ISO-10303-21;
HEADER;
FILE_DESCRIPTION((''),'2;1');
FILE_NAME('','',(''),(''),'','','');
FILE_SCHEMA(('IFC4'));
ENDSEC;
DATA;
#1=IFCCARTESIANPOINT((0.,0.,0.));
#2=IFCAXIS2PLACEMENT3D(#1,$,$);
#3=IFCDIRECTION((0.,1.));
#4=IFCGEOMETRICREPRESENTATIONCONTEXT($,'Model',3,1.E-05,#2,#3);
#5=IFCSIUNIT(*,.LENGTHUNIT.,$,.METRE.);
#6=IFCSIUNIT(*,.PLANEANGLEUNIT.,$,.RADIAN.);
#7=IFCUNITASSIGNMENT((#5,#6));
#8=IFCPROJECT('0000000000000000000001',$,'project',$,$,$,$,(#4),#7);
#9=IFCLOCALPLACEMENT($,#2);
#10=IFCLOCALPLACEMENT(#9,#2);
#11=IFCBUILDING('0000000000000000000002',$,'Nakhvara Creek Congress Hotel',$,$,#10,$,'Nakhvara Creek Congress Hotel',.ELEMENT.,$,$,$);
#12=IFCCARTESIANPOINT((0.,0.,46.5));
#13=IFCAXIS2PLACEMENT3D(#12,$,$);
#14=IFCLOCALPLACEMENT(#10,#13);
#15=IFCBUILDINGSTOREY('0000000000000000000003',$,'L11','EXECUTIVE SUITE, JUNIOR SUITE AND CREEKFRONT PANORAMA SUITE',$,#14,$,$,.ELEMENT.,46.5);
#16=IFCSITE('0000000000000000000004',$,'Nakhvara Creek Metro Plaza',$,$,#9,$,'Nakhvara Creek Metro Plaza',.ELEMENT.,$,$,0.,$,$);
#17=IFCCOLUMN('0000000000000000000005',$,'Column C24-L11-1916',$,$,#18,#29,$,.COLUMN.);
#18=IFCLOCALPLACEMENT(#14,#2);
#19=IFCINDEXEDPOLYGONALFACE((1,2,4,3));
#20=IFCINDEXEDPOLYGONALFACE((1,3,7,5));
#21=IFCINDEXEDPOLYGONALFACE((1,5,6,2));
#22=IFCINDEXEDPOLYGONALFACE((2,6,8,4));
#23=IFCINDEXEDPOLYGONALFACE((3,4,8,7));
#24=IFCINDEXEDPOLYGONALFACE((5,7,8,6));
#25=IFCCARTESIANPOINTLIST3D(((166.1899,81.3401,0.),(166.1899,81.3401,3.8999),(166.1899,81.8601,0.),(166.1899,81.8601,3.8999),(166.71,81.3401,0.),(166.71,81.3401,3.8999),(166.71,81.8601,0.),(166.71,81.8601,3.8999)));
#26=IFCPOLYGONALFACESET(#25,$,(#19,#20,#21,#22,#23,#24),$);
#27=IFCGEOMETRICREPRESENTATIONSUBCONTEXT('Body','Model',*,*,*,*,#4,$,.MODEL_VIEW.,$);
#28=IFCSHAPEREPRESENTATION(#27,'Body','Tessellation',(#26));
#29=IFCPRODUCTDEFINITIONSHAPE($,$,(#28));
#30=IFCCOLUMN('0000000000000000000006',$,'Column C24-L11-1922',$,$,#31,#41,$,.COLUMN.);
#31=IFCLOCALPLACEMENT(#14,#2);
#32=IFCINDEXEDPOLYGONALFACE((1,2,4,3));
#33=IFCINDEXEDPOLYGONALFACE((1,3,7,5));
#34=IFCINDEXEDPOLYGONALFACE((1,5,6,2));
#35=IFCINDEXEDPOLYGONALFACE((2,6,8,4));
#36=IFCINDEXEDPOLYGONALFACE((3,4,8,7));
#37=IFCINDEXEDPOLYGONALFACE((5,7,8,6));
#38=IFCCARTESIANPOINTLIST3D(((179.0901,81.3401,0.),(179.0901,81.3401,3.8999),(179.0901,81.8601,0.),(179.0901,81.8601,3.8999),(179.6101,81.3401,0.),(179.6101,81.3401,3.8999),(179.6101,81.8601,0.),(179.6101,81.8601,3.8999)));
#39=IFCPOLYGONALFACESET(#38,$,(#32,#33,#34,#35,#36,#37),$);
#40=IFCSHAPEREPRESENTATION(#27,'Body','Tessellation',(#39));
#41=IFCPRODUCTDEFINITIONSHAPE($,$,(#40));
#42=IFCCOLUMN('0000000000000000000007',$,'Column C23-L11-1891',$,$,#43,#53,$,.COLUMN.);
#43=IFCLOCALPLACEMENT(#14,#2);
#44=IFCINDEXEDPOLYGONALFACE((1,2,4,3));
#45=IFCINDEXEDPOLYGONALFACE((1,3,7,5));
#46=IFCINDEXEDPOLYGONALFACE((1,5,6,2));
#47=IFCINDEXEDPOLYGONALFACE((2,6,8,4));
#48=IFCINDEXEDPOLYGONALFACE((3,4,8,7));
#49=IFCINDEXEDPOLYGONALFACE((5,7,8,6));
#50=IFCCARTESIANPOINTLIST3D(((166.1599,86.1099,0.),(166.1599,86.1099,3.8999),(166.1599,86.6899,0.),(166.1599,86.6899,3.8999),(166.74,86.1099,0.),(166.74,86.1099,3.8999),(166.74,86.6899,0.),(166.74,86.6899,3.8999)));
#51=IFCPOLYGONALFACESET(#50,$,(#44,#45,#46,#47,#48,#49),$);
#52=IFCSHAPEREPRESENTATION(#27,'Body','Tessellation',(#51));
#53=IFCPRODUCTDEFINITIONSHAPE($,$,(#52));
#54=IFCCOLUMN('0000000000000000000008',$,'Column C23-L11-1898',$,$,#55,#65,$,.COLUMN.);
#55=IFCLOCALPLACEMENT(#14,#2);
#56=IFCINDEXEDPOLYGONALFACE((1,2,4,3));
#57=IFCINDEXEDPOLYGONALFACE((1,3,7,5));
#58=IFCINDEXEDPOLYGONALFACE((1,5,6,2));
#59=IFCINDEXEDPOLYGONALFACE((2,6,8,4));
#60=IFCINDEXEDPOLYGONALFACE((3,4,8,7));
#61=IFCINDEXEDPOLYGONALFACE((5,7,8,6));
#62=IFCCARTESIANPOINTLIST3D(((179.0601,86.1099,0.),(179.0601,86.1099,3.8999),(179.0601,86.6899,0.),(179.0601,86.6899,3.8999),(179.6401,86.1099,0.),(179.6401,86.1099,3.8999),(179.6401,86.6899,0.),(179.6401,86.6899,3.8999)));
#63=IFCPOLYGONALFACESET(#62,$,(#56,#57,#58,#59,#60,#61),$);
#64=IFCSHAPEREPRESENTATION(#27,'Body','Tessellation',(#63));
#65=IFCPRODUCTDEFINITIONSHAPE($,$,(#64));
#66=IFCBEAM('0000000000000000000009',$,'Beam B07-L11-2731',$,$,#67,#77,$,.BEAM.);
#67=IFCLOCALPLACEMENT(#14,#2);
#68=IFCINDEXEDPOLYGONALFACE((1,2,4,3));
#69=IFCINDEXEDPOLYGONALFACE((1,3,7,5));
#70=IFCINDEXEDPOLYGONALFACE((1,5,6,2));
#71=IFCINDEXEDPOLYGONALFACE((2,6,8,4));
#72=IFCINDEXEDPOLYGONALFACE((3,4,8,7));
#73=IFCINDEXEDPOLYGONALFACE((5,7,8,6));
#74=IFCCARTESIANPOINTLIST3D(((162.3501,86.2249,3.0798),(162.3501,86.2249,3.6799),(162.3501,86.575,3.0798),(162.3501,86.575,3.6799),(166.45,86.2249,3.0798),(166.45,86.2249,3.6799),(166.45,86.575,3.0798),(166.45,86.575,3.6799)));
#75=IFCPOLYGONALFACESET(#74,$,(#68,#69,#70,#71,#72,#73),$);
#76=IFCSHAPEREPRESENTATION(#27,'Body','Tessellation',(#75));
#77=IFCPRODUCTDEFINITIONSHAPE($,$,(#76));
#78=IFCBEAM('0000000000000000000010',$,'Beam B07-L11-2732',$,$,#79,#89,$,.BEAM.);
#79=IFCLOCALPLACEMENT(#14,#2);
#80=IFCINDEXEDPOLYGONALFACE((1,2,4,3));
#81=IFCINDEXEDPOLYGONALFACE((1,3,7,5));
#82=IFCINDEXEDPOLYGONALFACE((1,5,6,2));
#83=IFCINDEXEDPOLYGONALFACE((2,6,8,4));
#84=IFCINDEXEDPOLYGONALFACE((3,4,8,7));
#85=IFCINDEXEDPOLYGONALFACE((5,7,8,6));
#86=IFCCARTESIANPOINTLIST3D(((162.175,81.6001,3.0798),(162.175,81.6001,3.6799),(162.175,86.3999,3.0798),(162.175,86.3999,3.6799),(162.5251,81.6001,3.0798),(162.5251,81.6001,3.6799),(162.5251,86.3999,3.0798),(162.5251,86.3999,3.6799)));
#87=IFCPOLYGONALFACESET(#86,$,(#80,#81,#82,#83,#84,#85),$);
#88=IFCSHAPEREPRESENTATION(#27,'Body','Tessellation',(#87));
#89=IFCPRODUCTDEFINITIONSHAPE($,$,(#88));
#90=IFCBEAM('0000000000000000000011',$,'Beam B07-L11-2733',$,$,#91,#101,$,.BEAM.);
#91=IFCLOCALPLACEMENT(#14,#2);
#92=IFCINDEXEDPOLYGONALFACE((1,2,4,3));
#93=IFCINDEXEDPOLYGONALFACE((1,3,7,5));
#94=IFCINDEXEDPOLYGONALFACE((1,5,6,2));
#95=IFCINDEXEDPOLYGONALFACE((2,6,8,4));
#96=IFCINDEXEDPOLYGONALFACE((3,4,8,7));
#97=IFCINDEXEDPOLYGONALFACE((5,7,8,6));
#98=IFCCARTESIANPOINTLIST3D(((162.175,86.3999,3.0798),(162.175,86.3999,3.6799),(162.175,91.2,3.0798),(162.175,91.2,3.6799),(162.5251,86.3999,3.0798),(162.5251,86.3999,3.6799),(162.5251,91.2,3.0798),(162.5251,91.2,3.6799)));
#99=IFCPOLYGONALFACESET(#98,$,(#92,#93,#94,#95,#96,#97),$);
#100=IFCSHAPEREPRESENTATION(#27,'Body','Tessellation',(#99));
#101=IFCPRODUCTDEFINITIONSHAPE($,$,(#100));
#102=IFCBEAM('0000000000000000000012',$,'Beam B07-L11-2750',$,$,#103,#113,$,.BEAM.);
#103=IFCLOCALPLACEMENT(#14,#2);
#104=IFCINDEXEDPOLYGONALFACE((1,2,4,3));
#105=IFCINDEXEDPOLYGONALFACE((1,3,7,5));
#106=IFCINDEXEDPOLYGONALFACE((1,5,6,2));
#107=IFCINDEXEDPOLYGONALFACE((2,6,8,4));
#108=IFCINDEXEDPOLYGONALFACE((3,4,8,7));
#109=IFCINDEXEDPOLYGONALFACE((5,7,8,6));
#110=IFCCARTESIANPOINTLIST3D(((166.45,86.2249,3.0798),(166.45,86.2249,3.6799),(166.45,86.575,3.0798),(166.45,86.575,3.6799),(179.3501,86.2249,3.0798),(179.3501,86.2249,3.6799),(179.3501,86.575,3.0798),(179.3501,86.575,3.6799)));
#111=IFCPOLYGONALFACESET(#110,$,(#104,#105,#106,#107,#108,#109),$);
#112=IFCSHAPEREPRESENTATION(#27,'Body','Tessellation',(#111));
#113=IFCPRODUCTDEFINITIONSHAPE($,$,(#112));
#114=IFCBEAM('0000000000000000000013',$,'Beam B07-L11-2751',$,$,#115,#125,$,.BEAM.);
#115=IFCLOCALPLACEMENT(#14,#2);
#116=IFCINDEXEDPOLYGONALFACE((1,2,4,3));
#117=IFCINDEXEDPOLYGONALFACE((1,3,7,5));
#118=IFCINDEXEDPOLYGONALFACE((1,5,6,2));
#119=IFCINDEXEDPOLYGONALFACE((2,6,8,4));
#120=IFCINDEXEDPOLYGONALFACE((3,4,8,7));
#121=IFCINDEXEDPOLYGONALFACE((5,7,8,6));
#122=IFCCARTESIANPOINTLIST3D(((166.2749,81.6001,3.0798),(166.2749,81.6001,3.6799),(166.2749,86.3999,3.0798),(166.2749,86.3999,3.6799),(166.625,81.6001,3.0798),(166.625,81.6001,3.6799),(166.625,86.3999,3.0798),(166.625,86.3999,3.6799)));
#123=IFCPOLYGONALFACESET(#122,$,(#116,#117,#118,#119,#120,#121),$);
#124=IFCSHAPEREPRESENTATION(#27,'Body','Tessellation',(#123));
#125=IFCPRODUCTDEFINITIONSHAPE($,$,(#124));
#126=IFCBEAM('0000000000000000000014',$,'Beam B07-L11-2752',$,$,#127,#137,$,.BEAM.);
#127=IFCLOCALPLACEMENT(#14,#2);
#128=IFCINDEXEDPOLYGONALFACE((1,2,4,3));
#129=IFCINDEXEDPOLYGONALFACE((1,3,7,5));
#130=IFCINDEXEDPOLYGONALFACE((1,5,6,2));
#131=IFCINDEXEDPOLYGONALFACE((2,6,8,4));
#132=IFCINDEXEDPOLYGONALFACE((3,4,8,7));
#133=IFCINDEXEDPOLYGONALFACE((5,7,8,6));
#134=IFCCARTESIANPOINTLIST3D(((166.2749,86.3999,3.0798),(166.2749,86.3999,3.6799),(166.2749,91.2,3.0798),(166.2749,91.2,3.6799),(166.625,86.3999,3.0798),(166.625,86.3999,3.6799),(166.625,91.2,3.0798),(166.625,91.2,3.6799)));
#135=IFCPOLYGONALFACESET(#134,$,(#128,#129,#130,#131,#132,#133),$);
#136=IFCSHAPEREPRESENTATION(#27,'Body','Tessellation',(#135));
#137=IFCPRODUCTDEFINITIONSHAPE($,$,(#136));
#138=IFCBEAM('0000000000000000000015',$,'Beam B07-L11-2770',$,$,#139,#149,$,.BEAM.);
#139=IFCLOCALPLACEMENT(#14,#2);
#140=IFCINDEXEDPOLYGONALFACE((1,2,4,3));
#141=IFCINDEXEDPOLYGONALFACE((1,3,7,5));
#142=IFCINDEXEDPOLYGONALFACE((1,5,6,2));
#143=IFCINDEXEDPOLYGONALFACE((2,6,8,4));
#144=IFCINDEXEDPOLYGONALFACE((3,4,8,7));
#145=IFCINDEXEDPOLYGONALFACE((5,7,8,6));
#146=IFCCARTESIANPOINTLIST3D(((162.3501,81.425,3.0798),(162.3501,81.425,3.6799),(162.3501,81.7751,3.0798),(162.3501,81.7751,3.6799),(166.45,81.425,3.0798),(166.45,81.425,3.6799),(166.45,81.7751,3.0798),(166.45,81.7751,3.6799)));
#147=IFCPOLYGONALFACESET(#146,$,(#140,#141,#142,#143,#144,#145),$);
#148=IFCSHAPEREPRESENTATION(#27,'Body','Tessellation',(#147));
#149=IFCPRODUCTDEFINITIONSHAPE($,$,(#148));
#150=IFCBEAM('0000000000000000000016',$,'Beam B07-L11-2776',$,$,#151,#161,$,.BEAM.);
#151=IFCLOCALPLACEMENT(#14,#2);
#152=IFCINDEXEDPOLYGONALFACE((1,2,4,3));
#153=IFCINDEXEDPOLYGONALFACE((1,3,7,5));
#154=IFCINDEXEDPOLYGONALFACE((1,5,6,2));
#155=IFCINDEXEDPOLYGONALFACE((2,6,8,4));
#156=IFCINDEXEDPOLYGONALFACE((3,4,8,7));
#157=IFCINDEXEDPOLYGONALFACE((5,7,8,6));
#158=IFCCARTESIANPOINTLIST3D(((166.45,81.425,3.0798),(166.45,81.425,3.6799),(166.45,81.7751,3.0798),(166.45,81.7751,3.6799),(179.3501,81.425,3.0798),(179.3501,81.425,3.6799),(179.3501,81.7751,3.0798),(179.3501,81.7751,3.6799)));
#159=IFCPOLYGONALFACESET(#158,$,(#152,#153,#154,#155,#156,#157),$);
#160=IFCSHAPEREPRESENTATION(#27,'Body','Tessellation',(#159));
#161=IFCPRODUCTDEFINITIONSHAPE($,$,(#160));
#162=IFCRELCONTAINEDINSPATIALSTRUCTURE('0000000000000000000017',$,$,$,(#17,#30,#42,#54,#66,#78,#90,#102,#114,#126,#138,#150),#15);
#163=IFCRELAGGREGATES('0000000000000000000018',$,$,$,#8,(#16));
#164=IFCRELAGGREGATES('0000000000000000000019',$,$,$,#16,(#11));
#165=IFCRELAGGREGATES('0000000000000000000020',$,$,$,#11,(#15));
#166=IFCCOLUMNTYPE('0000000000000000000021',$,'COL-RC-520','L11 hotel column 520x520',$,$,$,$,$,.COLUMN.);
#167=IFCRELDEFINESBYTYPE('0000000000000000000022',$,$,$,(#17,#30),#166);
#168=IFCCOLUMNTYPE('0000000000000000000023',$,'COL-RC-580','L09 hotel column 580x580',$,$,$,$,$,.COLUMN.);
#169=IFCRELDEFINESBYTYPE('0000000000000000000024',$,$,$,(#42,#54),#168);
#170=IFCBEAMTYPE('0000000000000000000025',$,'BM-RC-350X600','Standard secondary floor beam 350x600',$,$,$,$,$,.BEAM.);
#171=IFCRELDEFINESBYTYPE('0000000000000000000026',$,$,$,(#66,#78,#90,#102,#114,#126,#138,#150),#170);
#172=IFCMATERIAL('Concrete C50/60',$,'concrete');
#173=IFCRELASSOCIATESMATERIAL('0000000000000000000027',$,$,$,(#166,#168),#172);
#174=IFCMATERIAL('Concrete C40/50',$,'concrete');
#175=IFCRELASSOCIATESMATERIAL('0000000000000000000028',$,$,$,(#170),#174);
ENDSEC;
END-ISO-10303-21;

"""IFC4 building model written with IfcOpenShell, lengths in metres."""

from ifc_helpers import new_model, si_unit, direction, frame, origin, origin_2d, place, context, subcontext, project, spatial, rectangle, extrude, material, material_profile, profile_set, type_object, element, save


model = new_model("IFC4")

# Units and contexts
model_context = context("Model", 3, precision=1e-05, world=origin(), true_north=direction((0.0, 1.0)))
body_context = subcontext(model_context, "Body", "Model", "MODEL_VIEW")
ifc_project = project(units=[si_unit("LENGTHUNIT", "METRE"), si_unit("PLANEANGLEUNIT", "RADIAN")], contexts=[model_context])

# Site, building, storey
site_placement = place(None, origin())
site = spatial("IfcSite", under=ifc_project, at=site_placement, Name="Nakhvara Creek Metro Plaza", LongName="Nakhvara Creek Metro Plaza", CompositionType="ELEMENT", RefElevation=0.0)
building_placement = place(site_placement, origin())
building = spatial("IfcBuilding", under=site, at=building_placement, Name="Nakhvara Creek Congress Hotel", LongName="Nakhvara Creek Congress Hotel", CompositionType="ELEMENT")
storey_placement = place(building_placement, frame((0.0, 0.0, 46.5)))
storey = spatial("IfcBuildingStorey", under=building, at=storey_placement, Name="L11", Description="EXECUTIVE SUITE, JUNIOR SUITE AND CREEKFRONT PANORAMA SUITE", CompositionType="ELEMENT", Elevation=46.5)

# Columns
ifc_material_1 = material(Name="Concrete C50/60", Category="concrete")
ifc_material_profile_1 = material_profile(ifc_material_1, rectangle(XDim=0.52, YDim=0.52, at=origin_2d()), Name="RC-COL 520x520", Category="LoadBearing")
ifc_profile_set_1 = profile_set([ifc_material_profile_1], Name="Concrete C50/60")
column_type_1 = type_object("IfcColumnType", Name="COL-RC-520", Description="L11 hotel column 520x520", PredefinedType="COLUMN", material=ifc_profile_set_1)
for number, where, z_axis, x_axis, name in (
    (1, (166.45, 81.6001, 0.0), (0.0, 0.0, 1.0), (1.0, 0.0, 0.0), "Column C24-L11-1916"),
    (2, (179.3501, 81.6001, 0.0), (0.0, 0.0, 1.0), (1.0, 0.0, 0.0), "Column C24-L11-1922"),
):
    element("IfcColumn", number, at=place(storey_placement, frame(where, z_axis=z_axis, x_axis=x_axis)), inside=storey, type_object=column_type_1, Name=name, PredefinedType="COLUMN", context=body_context, shape_type="SweptSolid", body=[
        extrude(rectangle(XDim=0.52, YDim=0.52, at=origin_2d()), origin(), (0.0, 0.0, 1.0), 3.8999),
    ])
ifc_material_profile_2 = material_profile(ifc_material_1, rectangle(XDim=0.5801, YDim=0.5801, at=origin_2d()), Name="RC-COL 580x580", Category="LoadBearing")
ifc_profile_set_2 = profile_set([ifc_material_profile_2], Name="Concrete C50/60")
column_type_2 = type_object("IfcColumnType", Name="COL-RC-580", Description="L09 hotel column 580x580", PredefinedType="COLUMN", material=ifc_profile_set_2)
for number, where, z_axis, x_axis, name in (
    (3, (166.45, 86.3999, 0.0), (0.0, 0.0, 1.0), (1.0, 0.0, 0.0), "Column C23-L11-1891"),
    (4, (179.3501, 86.3999, 0.0), (0.0, 0.0, 1.0), (1.0, 0.0, 0.0), "Column C23-L11-1898"),
):
    element("IfcColumn", number, at=place(storey_placement, frame(where, z_axis=z_axis, x_axis=x_axis)), inside=storey, type_object=column_type_2, Name=name, PredefinedType="COLUMN", context=body_context, shape_type="SweptSolid", body=[
        extrude(rectangle(XDim=0.5801, YDim=0.5801, at=origin_2d()), origin(), (0.0, 0.0, 1.0), 3.8999),
    ])

# Beams
ifc_material_2 = material(Name="Concrete C40/50", Category="concrete")
ifc_material_profile_3 = material_profile(ifc_material_2, rectangle(XDim=0.3501, YDim=0.6001, at=origin_2d()), Name="RC-BM 350x600", Category="LoadBearing")
ifc_profile_set_3 = profile_set([ifc_material_profile_3], Name="Concrete C40/50")
beam_type_1 = type_object("IfcBeamType", Name="BM-RC-350X600", Description="Standard secondary floor beam 350x600", PredefinedType="BEAM", material=ifc_profile_set_3)
beam_1_placement = place(storey_placement, frame((162.3501, 86.3999, 3.3799), z_axis=(1.0, 0.0, 0.0), x_axis=(0.0, 1.0, 0.0)))
element("IfcBeam", 5, at=beam_1_placement, inside=storey, type_object=beam_type_1, Name="Beam B07-L11-2731", PredefinedType="BEAM", context=body_context, shape_type="SweptSolid", body=[
    extrude(rectangle(XDim=0.3501, YDim=0.6001, at=origin_2d()), origin(), (0.0, 0.0, 1.0), 4.0999),
])
beam_2_placement = place(storey_placement, frame((162.3501, 81.6001, 3.3799), z_axis=(0.0, 1.0, 0.0), x_axis=(-1.0, 0.0, 0.0)))
element("IfcBeam", 6, at=beam_2_placement, inside=storey, type_object=beam_type_1, Name="Beam B07-L11-2732", PredefinedType="BEAM", context=body_context, shape_type="SweptSolid", body=[
    extrude(rectangle(XDim=0.3501, YDim=0.6001, at=origin_2d()), origin(), (0.0, 0.0, 1.0), 4.7998),
])
beam_3_placement = place(storey_placement, frame((162.3501, 86.3999, 3.3799), z_axis=(0.0, 1.0, 0.0), x_axis=(-1.0, 0.0, 0.0)))
element("IfcBeam", 7, at=beam_3_placement, inside=storey, type_object=beam_type_1, Name="Beam B07-L11-2733", PredefinedType="BEAM", context=body_context, shape_type="SweptSolid", body=[
    extrude(rectangle(XDim=0.3501, YDim=0.6001, at=origin_2d()), origin(), (0.0, 0.0, 1.0), 4.8),
])
beam_4_placement = place(storey_placement, frame((166.45, 86.3999, 3.3799), z_axis=(1.0, 0.0, 0.0), x_axis=(0.0, 1.0, 0.0)))
element("IfcBeam", 8, at=beam_4_placement, inside=storey, type_object=beam_type_1, Name="Beam B07-L11-2750", PredefinedType="BEAM", context=body_context, shape_type="SweptSolid", body=[
    extrude(rectangle(XDim=0.3501, YDim=0.6001, at=origin_2d()), origin(), (0.0, 0.0, 1.0), 12.9001),
])
beam_5_placement = place(storey_placement, frame((166.45, 81.6001, 3.3799), z_axis=(0.0, 1.0, 0.0), x_axis=(-1.0, 0.0, 0.0)))
element("IfcBeam", 9, at=beam_5_placement, inside=storey, type_object=beam_type_1, Name="Beam B07-L11-2751", PredefinedType="BEAM", context=body_context, shape_type="SweptSolid", body=[
    extrude(rectangle(XDim=0.3501, YDim=0.6001, at=origin_2d()), origin(), (0.0, 0.0, 1.0), 4.7998),
])
beam_6_placement = place(storey_placement, frame((166.45, 86.3999, 3.3799), z_axis=(0.0, 1.0, 0.0), x_axis=(-1.0, 0.0, 0.0)))
element("IfcBeam", 10, at=beam_6_placement, inside=storey, type_object=beam_type_1, Name="Beam B07-L11-2752", PredefinedType="BEAM", context=body_context, shape_type="SweptSolid", body=[
    extrude(rectangle(XDim=0.3501, YDim=0.6001, at=origin_2d()), origin(), (0.0, 0.0, 1.0), 4.8),
])
beam_7_placement = place(storey_placement, frame((162.3501, 81.6001, 3.3799), z_axis=(1.0, 0.0, 0.0), x_axis=(0.0, 1.0, 0.0)))
element("IfcBeam", 11, at=beam_7_placement, inside=storey, type_object=beam_type_1, Name="Beam B07-L11-2770", PredefinedType="BEAM", context=body_context, shape_type="SweptSolid", body=[
    extrude(rectangle(XDim=0.3501, YDim=0.6001, at=origin_2d()), origin(), (0.0, 0.0, 1.0), 4.0999),
])
beam_8_placement = place(storey_placement, frame((166.45, 81.6001, 3.3799), z_axis=(1.0, 0.0, 0.0), x_axis=(0.0, 1.0, 0.0)))
element("IfcBeam", 12, at=beam_8_placement, inside=storey, type_object=beam_type_1, Name="Beam B07-L11-2776", PredefinedType="BEAM", context=body_context, shape_type="SweptSolid", body=[
    extrude(rectangle(XDim=0.3501, YDim=0.6001, at=origin_2d()), origin(), (0.0, 0.0, 1.0), 12.9001),
])

save(model, "model.ifc")
